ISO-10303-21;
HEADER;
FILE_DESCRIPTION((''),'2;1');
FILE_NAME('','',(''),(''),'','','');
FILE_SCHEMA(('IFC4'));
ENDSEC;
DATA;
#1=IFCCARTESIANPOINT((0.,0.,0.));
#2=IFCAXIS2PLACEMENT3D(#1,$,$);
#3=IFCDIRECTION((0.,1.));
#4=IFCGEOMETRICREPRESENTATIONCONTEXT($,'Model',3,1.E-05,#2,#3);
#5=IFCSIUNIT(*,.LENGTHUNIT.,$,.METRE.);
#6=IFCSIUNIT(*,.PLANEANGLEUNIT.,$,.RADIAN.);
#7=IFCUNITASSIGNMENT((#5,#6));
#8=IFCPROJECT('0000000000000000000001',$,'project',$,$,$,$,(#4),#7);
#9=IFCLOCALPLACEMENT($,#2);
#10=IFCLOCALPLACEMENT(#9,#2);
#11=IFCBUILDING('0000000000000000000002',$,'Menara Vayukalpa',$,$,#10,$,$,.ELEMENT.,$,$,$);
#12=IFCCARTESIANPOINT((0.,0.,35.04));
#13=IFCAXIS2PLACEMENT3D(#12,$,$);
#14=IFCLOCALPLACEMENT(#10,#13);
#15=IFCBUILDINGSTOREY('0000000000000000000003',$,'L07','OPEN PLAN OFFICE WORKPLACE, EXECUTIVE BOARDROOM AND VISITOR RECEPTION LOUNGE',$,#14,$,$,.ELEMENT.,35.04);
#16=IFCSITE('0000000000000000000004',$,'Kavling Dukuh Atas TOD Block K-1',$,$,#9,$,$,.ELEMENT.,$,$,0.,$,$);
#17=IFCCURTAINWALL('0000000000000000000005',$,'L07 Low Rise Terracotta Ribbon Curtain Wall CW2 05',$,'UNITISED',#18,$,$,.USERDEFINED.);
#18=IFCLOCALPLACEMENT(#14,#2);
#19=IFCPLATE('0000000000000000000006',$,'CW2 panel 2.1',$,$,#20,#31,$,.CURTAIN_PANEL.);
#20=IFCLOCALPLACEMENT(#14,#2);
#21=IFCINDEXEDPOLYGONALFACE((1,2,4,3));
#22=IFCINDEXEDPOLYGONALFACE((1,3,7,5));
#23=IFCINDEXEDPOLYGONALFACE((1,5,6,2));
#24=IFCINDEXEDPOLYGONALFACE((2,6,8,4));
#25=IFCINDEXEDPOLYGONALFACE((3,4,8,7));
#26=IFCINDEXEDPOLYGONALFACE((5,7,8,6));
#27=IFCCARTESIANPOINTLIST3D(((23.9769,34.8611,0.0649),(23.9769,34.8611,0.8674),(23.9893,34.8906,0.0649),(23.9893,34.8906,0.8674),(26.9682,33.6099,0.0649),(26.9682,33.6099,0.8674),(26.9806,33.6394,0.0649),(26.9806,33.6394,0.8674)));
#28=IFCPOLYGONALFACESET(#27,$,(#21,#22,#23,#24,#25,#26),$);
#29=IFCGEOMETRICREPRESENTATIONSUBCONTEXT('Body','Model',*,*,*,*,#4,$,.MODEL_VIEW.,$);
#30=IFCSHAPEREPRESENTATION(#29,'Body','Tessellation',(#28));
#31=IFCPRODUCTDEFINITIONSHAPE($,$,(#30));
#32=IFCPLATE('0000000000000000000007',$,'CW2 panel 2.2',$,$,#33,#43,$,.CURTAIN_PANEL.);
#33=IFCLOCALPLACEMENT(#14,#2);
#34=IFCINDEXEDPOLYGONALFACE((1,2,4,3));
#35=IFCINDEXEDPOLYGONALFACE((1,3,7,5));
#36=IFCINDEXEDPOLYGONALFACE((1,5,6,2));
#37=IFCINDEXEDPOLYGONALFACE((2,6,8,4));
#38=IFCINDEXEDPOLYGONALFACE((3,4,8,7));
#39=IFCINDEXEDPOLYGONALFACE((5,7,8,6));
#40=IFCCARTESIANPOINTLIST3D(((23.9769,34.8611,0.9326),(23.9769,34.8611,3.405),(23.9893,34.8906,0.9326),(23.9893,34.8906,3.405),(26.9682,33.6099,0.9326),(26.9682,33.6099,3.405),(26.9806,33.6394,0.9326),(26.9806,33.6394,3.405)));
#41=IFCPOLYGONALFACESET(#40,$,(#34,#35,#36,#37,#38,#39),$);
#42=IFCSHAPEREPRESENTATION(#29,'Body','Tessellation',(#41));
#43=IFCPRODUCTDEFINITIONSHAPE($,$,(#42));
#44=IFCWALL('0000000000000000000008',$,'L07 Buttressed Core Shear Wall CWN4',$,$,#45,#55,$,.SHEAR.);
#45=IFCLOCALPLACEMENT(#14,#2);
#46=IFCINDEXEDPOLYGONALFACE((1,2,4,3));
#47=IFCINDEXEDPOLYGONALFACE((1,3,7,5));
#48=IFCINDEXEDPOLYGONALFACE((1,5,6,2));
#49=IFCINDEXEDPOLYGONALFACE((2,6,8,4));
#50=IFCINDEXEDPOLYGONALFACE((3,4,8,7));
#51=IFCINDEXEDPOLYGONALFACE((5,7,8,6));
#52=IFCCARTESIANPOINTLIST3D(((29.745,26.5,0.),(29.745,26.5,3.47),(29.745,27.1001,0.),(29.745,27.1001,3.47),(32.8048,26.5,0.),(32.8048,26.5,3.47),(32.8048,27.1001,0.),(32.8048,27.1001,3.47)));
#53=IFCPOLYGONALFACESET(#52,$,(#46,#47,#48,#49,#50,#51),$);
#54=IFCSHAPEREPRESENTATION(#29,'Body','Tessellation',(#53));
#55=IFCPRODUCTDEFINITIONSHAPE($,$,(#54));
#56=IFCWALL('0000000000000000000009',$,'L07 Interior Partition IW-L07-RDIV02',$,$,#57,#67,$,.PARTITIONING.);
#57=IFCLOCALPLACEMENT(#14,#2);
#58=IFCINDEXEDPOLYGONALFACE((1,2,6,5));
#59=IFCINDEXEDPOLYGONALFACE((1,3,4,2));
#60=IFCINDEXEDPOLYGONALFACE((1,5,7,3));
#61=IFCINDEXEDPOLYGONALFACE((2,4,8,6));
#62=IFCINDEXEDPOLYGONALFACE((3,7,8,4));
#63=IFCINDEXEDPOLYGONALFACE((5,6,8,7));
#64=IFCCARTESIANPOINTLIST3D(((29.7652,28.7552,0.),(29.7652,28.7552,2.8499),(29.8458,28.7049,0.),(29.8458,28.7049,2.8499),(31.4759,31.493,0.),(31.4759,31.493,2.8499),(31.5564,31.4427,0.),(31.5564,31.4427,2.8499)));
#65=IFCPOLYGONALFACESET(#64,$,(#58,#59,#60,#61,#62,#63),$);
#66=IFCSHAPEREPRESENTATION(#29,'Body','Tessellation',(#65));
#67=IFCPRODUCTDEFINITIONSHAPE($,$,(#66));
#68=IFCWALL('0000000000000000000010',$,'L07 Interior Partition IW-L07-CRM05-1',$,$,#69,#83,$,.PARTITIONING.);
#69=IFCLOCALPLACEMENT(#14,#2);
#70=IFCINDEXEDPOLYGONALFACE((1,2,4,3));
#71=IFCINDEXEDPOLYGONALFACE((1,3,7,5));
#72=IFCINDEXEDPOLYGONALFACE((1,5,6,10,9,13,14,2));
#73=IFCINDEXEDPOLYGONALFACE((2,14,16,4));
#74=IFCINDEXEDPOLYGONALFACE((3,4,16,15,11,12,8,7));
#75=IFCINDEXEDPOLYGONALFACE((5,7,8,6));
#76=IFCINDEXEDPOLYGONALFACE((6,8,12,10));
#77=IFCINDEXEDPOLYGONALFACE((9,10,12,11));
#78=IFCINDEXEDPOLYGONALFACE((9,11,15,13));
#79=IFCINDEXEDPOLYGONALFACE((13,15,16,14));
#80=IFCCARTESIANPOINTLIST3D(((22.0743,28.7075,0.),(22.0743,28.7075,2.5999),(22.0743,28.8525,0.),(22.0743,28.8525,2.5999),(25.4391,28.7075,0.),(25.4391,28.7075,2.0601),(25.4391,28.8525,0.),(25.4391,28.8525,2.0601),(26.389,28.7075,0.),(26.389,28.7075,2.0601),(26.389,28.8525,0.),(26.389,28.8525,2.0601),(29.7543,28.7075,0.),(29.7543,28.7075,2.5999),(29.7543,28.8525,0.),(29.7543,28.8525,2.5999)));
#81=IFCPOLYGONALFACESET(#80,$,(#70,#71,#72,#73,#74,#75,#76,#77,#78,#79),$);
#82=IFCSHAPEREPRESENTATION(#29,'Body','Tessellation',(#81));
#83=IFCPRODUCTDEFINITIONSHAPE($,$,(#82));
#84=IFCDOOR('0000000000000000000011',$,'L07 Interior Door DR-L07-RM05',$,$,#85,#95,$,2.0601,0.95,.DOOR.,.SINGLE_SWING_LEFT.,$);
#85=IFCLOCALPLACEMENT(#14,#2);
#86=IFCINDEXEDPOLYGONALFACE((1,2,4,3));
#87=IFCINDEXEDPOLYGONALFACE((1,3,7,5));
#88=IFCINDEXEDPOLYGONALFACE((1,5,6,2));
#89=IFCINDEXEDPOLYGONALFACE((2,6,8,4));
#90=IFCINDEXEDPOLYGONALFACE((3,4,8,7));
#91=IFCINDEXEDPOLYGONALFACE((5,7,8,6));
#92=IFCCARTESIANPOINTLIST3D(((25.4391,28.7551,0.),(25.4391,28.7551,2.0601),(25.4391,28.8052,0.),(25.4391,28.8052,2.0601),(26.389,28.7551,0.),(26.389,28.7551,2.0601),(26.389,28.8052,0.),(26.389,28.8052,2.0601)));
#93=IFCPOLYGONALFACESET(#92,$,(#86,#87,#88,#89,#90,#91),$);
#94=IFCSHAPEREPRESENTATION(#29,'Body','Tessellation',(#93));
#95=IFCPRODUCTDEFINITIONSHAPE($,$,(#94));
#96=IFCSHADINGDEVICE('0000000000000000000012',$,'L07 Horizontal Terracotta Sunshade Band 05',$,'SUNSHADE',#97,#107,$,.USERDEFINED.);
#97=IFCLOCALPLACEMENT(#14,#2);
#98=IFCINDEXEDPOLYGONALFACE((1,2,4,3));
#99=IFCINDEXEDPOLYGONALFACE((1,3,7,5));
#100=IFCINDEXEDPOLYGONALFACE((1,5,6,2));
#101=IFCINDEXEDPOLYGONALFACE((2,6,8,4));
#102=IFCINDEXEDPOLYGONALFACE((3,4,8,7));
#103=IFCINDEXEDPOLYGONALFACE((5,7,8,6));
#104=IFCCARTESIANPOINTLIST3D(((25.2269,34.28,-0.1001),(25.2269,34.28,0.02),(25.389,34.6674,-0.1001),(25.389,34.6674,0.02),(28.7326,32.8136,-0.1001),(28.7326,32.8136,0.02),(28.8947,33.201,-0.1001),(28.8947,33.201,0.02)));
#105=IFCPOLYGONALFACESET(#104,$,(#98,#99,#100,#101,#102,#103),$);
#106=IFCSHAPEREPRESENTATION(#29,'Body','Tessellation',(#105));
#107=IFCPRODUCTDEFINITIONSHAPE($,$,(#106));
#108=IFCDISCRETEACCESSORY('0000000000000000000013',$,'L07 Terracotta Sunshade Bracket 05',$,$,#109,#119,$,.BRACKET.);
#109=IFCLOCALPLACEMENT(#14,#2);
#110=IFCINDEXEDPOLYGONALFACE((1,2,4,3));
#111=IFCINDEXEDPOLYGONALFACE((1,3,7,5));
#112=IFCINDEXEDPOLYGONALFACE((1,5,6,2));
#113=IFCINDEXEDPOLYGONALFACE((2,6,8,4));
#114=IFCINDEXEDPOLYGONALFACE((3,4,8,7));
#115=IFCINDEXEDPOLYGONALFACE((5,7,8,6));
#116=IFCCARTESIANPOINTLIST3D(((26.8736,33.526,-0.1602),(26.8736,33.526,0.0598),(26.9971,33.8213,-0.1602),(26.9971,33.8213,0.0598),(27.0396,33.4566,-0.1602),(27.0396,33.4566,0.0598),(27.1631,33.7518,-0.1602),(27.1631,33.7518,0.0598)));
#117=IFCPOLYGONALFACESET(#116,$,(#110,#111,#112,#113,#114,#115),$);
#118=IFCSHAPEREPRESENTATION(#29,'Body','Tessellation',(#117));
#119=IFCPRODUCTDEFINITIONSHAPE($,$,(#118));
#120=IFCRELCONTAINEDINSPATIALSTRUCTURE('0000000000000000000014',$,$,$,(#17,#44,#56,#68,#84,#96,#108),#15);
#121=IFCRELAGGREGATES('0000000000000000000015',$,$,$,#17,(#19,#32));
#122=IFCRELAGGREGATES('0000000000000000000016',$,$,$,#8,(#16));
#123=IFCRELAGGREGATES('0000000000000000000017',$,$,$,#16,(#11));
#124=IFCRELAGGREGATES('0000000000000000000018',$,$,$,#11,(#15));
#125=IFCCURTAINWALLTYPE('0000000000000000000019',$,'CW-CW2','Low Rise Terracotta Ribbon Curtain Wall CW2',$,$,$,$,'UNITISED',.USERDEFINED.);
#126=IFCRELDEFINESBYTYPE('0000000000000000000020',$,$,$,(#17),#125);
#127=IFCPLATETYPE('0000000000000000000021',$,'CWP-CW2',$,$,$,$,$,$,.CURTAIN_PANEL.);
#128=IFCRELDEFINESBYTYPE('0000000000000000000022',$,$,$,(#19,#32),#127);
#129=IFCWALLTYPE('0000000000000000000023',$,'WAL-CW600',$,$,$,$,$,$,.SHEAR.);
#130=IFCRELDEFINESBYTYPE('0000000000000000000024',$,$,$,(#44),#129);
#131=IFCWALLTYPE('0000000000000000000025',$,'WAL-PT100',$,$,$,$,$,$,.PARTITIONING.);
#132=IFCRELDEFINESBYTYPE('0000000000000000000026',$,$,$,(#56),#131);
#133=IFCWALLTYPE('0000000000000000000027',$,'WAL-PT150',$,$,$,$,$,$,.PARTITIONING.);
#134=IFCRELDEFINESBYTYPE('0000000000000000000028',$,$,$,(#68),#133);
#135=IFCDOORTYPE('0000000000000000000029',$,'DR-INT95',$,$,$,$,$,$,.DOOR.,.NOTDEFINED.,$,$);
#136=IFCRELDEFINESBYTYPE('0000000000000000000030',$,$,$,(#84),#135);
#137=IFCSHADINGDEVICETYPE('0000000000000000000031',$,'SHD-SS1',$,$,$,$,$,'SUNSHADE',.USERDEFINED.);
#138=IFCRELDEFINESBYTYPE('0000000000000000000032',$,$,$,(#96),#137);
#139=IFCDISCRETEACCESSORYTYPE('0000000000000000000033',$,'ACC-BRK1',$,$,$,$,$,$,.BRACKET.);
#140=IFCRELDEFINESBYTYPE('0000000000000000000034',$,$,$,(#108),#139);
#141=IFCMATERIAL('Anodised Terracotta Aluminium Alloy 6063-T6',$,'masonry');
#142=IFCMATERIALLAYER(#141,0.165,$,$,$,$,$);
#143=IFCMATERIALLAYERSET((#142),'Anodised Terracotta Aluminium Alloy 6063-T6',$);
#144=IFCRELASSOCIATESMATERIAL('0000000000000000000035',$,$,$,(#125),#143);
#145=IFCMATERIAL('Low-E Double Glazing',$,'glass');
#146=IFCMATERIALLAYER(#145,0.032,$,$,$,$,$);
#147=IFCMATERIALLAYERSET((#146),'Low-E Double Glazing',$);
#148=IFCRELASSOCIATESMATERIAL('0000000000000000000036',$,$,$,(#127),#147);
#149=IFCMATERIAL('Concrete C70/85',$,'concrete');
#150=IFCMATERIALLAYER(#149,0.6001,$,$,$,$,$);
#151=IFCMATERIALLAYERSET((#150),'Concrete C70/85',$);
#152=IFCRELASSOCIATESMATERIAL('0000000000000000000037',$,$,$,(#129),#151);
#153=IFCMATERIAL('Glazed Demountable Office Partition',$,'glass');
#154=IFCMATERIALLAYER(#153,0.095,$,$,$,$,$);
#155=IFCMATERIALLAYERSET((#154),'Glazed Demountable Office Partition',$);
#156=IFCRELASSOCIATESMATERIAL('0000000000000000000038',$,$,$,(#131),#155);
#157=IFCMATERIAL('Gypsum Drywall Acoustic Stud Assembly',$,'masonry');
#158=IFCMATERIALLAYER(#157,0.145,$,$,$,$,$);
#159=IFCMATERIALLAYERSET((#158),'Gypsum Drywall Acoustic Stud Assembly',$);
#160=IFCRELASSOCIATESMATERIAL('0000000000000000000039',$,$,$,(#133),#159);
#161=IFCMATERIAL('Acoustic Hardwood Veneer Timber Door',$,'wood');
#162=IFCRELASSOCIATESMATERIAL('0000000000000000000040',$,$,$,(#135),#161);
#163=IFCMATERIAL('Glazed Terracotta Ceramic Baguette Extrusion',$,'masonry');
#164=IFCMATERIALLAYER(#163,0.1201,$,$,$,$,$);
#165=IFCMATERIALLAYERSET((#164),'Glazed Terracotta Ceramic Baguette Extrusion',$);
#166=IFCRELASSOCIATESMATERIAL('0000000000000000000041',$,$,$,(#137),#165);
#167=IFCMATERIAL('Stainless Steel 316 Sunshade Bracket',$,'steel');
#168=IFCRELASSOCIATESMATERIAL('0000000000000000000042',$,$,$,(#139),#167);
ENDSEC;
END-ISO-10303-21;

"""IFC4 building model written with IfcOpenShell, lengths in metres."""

from ifc_helpers import new_model, si_unit, direction, frame, frame_2d, origin, origin_2d, place, context, subcontext, project, spatial, rectangle, extrude, material, layer, layer_set, type_object, element, fill, aggregate, save


model = new_model("IFC4")

# Units and contexts
model_context = context("Model", 3, precision=1e-05, world=origin(), true_north=direction((0.0, 1.0)))
body_context = subcontext(model_context, "Body", "Model", "MODEL_VIEW")
ifc_project = project(units=[si_unit("LENGTHUNIT", "METRE"), si_unit("PLANEANGLEUNIT", "RADIAN")], contexts=[model_context])

# Site, building, storey
site_placement = place(None, origin())
site = spatial("IfcSite", under=ifc_project, at=site_placement, Name="Kavling Dukuh Atas TOD Block K-1", CompositionType="ELEMENT", RefElevation=0.0)
building_placement = place(site_placement, origin())
building = spatial("IfcBuilding", under=site, at=building_placement, Name="Menara Vayukalpa", CompositionType="ELEMENT")
storey_placement = place(building_placement, frame((0.0, 0.0, 35.04)))
storey = spatial("IfcBuildingStorey", under=building, at=storey_placement, Name="L07", Description="OPEN PLAN OFFICE WORKPLACE, EXECUTIVE BOARDROOM AND VISITOR RECEPTION LOUNGE", CompositionType="ELEMENT", Elevation=35.04)

# Shared definitions
ifc_material_1 = material(Name="Anodised Terracotta Aluminium Alloy 6063-T6", Category="masonry")
ifc_layer_1 = layer(ifc_material_1, 0.165)
ifc_layer_set_1 = layer_set([ifc_layer_1], Name="Anodised Terracotta Aluminium Alloy 6063-T6")
curtain_wall_type = type_object("IfcCurtainWallType", Name="CW-CW2", Description="Low Rise Terracotta Ribbon Curtain Wall CW2", ElementType="UNITISED", PredefinedType="USERDEFINED", material=ifc_layer_set_1)

# Curtain wall, plates
curtain_wall_1_placement = place(storey_placement, origin())
curtain_wall_1 = element("IfcCurtainWall", 1, at=curtain_wall_1_placement, inside=storey, type_object=curtain_wall_type, Name="L07 Low Rise Terracotta Ribbon Curtain Wall CW2 05", ObjectType="UNITISED", PredefinedType="USERDEFINED")
ifc_material_2 = material(Name="Low-E Double Glazing", Category="glass")
ifc_layer_2 = layer(ifc_material_2, 0.032)
ifc_layer_set_2 = layer_set([ifc_layer_2], Name="Low-E Double Glazing")
plate_type = type_object("IfcPlateType", Name="CWP-CW2", PredefinedType="CURTAIN_PANEL", material=ifc_layer_set_2)
plate_1_placement = place(storey_placement, frame((25.4788, 34.2502, 0.0649), z_axis=(0.0, 0.0, 1.0), x_axis=(-0.922543, 0.385895, 0.0)))
plate_1 = element("IfcPlate", 2, at=plate_1_placement, type_object=plate_type, Name="CW2 panel 2.1", PredefinedType="CURTAIN_PANEL", context=body_context, shape_type="SweptSolid", body=[
    extrude(rectangle(XDim=3.2424, YDim=0.032, at=origin_2d()), origin(), (0.0, 0.0, 1.0), 0.8025),
])
plate_2_placement = place(storey_placement, frame((25.4788, 34.2502, 0.9326), z_axis=(0.0, 0.0, 1.0), x_axis=(-0.922543, 0.385895, 0.0)))
plate_2 = element("IfcPlate", 3, at=plate_2_placement, type_object=plate_type, Name="CW2 panel 2.2", PredefinedType="CURTAIN_PANEL", context=body_context, shape_type="SweptSolid", body=[
    extrude(rectangle(XDim=3.2424, YDim=0.032, at=origin_2d()), origin(), (0.0, 0.0, 1.0), 2.4724),
])
aggregate(curtain_wall_1, [plate_1, plate_2])

# Walls
ifc_material_3 = material(Name="Concrete C70/85", Category="concrete")
ifc_layer_3 = layer(ifc_material_3, 0.6001)
ifc_layer_set_3 = layer_set([ifc_layer_3], Name="Concrete C70/85")
wall_type_1 = type_object("IfcWallType", Name="WAL-CW600", PredefinedType="SHEAR", material=ifc_layer_set_3)
wall_1_placement = place(storey_placement, frame((29.7451, 26.8, 0.0), z_axis=(0.0, 0.0, 1.0), x_axis=(1.0, 0.0, 0.0)))
element("IfcWall", 4, at=wall_1_placement, inside=storey, type_object=wall_type_1, Name="L07 Buttressed Core Shear Wall CWN4", PredefinedType="SHEAR", context=body_context, shape_type="SweptSolid", body=[
    extrude(rectangle(XDim=3.0598, YDim=0.6001, at=frame_2d((1.5298, 0.0))), origin(), (0.0, 0.0, 1.0), 3.47),
])
ifc_material_4 = material(Name="Glazed Demountable Office Partition", Category="glass")
ifc_layer_4 = layer(ifc_material_4, 0.095)
ifc_layer_set_4 = layer_set([ifc_layer_4], Name="Glazed Demountable Office Partition")
wall_type_2 = type_object("IfcWallType", Name="WAL-PT100", PredefinedType="PARTITIONING", material=ifc_layer_set_4)
wall_2_placement = place(storey_placement, frame((29.8054, 28.73, 0.0), z_axis=(0.0, 0.0, 1.0), x_axis=(0.529904, 0.848058, 0.0)))
element("IfcWall", 5, at=wall_2_placement, inside=storey, type_object=wall_type_2, Name="L07 Interior Partition IW-L07-RDIV02", PredefinedType="PARTITIONING", context=body_context, shape_type="SweptSolid", body=[
    extrude(rectangle(XDim=3.2283, YDim=0.095, at=frame_2d((1.6143, 0.0))), origin(), (0.0, 0.0, 1.0), 2.8499),
])

# Wall, opening, door
ifc_material_5 = material(Name="Gypsum Drywall Acoustic Stud Assembly", Category="masonry")
ifc_layer_5 = layer(ifc_material_5, 0.145)
ifc_layer_set_5 = layer_set([ifc_layer_5], Name="Gypsum Drywall Acoustic Stud Assembly")
wall_type_3 = type_object("IfcWallType", Name="WAL-PT150", PredefinedType="PARTITIONING", material=ifc_layer_set_5)
wall_3_placement = place(storey_placement, frame((29.7542, 28.78, 0.0), z_axis=(0.0, 0.0, 1.0), x_axis=(-1.0, 0.0, 0.0)))
wall_3 = element("IfcWall", 6, at=wall_3_placement, inside=storey, type_object=wall_type_3, Name="L07 Interior Partition IW-L07-CRM05-1", PredefinedType="PARTITIONING", context=body_context, shape_type="SweptSolid", body=[
    extrude(rectangle(XDim=7.6799, YDim=0.145, at=frame_2d((3.8398, 0.0))), origin(), (0.0, 0.0, 1.0), 2.5999),
])
opening_placement = place(wall_3_placement, frame((3.365, 0.0, 0.0)))
opening = element("IfcOpeningElement", 7, at=opening_placement, cuts=wall_3, PredefinedType="OPENING", context=body_context, shape_type="SweptSolid", body=[
    extrude(rectangle(XDim=0.95, YDim=2.0601, at=frame_2d((0.4751, 1.03))), frame((0.0, 0.0825, 0.0), z_axis=(0.0, -1.0, 0.0), x_axis=(1.0, 0.0, 0.0)), (0.0, 0.0, 1.0), 0.165),
])
ifc_material_6 = material(Name="Acoustic Hardwood Veneer Timber Door", Category="wood")
door_type = type_object("IfcDoorType", Name="DR-INT95", OperationType="NOTDEFINED", PredefinedType="DOOR", material=ifc_material_6)
door_placement = place(opening_placement, origin())
door = element("IfcDoor", 8, at=door_placement, inside=storey, type_object=door_type, Name="L07 Interior Door DR-L07-RM05", OperationType="SINGLE_SWING_LEFT", OverallHeight=2.0601, OverallWidth=0.95, PredefinedType="DOOR", context=body_context, shape_type="SweptSolid", body=[
    extrude(rectangle(XDim=0.95, YDim=2.0601, at=frame_2d((0.4751, 1.03))), frame((0.0, 0.0249, 0.0), z_axis=(0.0, -1.0, 0.0), x_axis=(1.0, 0.0, 0.0)), (0.0, 0.0, 1.0), 0.05),
])
fill(opening, door)

# Shading device
ifc_material_7 = material(Name="Glazed Terracotta Ceramic Baguette Extrusion", Category="masonry")
ifc_layer_6 = layer(ifc_material_7, 0.1201)
ifc_layer_set_6 = layer_set([ifc_layer_6], Name="Glazed Terracotta Ceramic Baguette Extrusion")
shading_device_type = type_object("IfcShadingDeviceType", Name="SHD-SS1", ElementType="SUNSHADE", PredefinedType="USERDEFINED", material=ifc_layer_set_6)
shading_device_placement = place(storey_placement, frame((27.0608, 33.7405, -0.1001), z_axis=(0.0, 0.0, 1.0), x_axis=(-0.922545, 0.38589, 0.0)))
element("IfcShadingDevice", 9, at=shading_device_placement, inside=storey, type_object=shading_device_type, Name="L07 Horizontal Terracotta Sunshade Band 05", ObjectType="SUNSHADE", PredefinedType="USERDEFINED", context=body_context, shape_type="SweptSolid", body=[
    extrude(rectangle(XDim=3.8, YDim=0.4199, at=origin_2d()), origin(), (0.0, 0.0, 1.0), 0.1201),
])

# Discrete accessory
ifc_material_8 = material(Name="Stainless Steel 316 Sunshade Bracket", Category="steel")
discrete_accessory_type = type_object("IfcDiscreteAccessoryType", Name="ACC-BRK1", PredefinedType="BRACKET", material=ifc_material_8)
discrete_accessory_placement = place(storey_placement, frame((27.0183, 33.6389, -0.1602), z_axis=(0.0, 0.0, 1.0), x_axis=(-0.922545, 0.38589, 0.0)))
element("IfcDiscreteAccessory", 10, at=discrete_accessory_placement, inside=storey, type_object=discrete_accessory_type, Name="L07 Terracotta Sunshade Bracket 05", PredefinedType="BRACKET", context=body_context, shape_type="SweptSolid", body=[
    extrude(rectangle(XDim=0.1799, YDim=0.3201, at=origin_2d()), origin(), (0.0, 0.0, 1.0), 0.22),
])

save(model, "model.ifc")
